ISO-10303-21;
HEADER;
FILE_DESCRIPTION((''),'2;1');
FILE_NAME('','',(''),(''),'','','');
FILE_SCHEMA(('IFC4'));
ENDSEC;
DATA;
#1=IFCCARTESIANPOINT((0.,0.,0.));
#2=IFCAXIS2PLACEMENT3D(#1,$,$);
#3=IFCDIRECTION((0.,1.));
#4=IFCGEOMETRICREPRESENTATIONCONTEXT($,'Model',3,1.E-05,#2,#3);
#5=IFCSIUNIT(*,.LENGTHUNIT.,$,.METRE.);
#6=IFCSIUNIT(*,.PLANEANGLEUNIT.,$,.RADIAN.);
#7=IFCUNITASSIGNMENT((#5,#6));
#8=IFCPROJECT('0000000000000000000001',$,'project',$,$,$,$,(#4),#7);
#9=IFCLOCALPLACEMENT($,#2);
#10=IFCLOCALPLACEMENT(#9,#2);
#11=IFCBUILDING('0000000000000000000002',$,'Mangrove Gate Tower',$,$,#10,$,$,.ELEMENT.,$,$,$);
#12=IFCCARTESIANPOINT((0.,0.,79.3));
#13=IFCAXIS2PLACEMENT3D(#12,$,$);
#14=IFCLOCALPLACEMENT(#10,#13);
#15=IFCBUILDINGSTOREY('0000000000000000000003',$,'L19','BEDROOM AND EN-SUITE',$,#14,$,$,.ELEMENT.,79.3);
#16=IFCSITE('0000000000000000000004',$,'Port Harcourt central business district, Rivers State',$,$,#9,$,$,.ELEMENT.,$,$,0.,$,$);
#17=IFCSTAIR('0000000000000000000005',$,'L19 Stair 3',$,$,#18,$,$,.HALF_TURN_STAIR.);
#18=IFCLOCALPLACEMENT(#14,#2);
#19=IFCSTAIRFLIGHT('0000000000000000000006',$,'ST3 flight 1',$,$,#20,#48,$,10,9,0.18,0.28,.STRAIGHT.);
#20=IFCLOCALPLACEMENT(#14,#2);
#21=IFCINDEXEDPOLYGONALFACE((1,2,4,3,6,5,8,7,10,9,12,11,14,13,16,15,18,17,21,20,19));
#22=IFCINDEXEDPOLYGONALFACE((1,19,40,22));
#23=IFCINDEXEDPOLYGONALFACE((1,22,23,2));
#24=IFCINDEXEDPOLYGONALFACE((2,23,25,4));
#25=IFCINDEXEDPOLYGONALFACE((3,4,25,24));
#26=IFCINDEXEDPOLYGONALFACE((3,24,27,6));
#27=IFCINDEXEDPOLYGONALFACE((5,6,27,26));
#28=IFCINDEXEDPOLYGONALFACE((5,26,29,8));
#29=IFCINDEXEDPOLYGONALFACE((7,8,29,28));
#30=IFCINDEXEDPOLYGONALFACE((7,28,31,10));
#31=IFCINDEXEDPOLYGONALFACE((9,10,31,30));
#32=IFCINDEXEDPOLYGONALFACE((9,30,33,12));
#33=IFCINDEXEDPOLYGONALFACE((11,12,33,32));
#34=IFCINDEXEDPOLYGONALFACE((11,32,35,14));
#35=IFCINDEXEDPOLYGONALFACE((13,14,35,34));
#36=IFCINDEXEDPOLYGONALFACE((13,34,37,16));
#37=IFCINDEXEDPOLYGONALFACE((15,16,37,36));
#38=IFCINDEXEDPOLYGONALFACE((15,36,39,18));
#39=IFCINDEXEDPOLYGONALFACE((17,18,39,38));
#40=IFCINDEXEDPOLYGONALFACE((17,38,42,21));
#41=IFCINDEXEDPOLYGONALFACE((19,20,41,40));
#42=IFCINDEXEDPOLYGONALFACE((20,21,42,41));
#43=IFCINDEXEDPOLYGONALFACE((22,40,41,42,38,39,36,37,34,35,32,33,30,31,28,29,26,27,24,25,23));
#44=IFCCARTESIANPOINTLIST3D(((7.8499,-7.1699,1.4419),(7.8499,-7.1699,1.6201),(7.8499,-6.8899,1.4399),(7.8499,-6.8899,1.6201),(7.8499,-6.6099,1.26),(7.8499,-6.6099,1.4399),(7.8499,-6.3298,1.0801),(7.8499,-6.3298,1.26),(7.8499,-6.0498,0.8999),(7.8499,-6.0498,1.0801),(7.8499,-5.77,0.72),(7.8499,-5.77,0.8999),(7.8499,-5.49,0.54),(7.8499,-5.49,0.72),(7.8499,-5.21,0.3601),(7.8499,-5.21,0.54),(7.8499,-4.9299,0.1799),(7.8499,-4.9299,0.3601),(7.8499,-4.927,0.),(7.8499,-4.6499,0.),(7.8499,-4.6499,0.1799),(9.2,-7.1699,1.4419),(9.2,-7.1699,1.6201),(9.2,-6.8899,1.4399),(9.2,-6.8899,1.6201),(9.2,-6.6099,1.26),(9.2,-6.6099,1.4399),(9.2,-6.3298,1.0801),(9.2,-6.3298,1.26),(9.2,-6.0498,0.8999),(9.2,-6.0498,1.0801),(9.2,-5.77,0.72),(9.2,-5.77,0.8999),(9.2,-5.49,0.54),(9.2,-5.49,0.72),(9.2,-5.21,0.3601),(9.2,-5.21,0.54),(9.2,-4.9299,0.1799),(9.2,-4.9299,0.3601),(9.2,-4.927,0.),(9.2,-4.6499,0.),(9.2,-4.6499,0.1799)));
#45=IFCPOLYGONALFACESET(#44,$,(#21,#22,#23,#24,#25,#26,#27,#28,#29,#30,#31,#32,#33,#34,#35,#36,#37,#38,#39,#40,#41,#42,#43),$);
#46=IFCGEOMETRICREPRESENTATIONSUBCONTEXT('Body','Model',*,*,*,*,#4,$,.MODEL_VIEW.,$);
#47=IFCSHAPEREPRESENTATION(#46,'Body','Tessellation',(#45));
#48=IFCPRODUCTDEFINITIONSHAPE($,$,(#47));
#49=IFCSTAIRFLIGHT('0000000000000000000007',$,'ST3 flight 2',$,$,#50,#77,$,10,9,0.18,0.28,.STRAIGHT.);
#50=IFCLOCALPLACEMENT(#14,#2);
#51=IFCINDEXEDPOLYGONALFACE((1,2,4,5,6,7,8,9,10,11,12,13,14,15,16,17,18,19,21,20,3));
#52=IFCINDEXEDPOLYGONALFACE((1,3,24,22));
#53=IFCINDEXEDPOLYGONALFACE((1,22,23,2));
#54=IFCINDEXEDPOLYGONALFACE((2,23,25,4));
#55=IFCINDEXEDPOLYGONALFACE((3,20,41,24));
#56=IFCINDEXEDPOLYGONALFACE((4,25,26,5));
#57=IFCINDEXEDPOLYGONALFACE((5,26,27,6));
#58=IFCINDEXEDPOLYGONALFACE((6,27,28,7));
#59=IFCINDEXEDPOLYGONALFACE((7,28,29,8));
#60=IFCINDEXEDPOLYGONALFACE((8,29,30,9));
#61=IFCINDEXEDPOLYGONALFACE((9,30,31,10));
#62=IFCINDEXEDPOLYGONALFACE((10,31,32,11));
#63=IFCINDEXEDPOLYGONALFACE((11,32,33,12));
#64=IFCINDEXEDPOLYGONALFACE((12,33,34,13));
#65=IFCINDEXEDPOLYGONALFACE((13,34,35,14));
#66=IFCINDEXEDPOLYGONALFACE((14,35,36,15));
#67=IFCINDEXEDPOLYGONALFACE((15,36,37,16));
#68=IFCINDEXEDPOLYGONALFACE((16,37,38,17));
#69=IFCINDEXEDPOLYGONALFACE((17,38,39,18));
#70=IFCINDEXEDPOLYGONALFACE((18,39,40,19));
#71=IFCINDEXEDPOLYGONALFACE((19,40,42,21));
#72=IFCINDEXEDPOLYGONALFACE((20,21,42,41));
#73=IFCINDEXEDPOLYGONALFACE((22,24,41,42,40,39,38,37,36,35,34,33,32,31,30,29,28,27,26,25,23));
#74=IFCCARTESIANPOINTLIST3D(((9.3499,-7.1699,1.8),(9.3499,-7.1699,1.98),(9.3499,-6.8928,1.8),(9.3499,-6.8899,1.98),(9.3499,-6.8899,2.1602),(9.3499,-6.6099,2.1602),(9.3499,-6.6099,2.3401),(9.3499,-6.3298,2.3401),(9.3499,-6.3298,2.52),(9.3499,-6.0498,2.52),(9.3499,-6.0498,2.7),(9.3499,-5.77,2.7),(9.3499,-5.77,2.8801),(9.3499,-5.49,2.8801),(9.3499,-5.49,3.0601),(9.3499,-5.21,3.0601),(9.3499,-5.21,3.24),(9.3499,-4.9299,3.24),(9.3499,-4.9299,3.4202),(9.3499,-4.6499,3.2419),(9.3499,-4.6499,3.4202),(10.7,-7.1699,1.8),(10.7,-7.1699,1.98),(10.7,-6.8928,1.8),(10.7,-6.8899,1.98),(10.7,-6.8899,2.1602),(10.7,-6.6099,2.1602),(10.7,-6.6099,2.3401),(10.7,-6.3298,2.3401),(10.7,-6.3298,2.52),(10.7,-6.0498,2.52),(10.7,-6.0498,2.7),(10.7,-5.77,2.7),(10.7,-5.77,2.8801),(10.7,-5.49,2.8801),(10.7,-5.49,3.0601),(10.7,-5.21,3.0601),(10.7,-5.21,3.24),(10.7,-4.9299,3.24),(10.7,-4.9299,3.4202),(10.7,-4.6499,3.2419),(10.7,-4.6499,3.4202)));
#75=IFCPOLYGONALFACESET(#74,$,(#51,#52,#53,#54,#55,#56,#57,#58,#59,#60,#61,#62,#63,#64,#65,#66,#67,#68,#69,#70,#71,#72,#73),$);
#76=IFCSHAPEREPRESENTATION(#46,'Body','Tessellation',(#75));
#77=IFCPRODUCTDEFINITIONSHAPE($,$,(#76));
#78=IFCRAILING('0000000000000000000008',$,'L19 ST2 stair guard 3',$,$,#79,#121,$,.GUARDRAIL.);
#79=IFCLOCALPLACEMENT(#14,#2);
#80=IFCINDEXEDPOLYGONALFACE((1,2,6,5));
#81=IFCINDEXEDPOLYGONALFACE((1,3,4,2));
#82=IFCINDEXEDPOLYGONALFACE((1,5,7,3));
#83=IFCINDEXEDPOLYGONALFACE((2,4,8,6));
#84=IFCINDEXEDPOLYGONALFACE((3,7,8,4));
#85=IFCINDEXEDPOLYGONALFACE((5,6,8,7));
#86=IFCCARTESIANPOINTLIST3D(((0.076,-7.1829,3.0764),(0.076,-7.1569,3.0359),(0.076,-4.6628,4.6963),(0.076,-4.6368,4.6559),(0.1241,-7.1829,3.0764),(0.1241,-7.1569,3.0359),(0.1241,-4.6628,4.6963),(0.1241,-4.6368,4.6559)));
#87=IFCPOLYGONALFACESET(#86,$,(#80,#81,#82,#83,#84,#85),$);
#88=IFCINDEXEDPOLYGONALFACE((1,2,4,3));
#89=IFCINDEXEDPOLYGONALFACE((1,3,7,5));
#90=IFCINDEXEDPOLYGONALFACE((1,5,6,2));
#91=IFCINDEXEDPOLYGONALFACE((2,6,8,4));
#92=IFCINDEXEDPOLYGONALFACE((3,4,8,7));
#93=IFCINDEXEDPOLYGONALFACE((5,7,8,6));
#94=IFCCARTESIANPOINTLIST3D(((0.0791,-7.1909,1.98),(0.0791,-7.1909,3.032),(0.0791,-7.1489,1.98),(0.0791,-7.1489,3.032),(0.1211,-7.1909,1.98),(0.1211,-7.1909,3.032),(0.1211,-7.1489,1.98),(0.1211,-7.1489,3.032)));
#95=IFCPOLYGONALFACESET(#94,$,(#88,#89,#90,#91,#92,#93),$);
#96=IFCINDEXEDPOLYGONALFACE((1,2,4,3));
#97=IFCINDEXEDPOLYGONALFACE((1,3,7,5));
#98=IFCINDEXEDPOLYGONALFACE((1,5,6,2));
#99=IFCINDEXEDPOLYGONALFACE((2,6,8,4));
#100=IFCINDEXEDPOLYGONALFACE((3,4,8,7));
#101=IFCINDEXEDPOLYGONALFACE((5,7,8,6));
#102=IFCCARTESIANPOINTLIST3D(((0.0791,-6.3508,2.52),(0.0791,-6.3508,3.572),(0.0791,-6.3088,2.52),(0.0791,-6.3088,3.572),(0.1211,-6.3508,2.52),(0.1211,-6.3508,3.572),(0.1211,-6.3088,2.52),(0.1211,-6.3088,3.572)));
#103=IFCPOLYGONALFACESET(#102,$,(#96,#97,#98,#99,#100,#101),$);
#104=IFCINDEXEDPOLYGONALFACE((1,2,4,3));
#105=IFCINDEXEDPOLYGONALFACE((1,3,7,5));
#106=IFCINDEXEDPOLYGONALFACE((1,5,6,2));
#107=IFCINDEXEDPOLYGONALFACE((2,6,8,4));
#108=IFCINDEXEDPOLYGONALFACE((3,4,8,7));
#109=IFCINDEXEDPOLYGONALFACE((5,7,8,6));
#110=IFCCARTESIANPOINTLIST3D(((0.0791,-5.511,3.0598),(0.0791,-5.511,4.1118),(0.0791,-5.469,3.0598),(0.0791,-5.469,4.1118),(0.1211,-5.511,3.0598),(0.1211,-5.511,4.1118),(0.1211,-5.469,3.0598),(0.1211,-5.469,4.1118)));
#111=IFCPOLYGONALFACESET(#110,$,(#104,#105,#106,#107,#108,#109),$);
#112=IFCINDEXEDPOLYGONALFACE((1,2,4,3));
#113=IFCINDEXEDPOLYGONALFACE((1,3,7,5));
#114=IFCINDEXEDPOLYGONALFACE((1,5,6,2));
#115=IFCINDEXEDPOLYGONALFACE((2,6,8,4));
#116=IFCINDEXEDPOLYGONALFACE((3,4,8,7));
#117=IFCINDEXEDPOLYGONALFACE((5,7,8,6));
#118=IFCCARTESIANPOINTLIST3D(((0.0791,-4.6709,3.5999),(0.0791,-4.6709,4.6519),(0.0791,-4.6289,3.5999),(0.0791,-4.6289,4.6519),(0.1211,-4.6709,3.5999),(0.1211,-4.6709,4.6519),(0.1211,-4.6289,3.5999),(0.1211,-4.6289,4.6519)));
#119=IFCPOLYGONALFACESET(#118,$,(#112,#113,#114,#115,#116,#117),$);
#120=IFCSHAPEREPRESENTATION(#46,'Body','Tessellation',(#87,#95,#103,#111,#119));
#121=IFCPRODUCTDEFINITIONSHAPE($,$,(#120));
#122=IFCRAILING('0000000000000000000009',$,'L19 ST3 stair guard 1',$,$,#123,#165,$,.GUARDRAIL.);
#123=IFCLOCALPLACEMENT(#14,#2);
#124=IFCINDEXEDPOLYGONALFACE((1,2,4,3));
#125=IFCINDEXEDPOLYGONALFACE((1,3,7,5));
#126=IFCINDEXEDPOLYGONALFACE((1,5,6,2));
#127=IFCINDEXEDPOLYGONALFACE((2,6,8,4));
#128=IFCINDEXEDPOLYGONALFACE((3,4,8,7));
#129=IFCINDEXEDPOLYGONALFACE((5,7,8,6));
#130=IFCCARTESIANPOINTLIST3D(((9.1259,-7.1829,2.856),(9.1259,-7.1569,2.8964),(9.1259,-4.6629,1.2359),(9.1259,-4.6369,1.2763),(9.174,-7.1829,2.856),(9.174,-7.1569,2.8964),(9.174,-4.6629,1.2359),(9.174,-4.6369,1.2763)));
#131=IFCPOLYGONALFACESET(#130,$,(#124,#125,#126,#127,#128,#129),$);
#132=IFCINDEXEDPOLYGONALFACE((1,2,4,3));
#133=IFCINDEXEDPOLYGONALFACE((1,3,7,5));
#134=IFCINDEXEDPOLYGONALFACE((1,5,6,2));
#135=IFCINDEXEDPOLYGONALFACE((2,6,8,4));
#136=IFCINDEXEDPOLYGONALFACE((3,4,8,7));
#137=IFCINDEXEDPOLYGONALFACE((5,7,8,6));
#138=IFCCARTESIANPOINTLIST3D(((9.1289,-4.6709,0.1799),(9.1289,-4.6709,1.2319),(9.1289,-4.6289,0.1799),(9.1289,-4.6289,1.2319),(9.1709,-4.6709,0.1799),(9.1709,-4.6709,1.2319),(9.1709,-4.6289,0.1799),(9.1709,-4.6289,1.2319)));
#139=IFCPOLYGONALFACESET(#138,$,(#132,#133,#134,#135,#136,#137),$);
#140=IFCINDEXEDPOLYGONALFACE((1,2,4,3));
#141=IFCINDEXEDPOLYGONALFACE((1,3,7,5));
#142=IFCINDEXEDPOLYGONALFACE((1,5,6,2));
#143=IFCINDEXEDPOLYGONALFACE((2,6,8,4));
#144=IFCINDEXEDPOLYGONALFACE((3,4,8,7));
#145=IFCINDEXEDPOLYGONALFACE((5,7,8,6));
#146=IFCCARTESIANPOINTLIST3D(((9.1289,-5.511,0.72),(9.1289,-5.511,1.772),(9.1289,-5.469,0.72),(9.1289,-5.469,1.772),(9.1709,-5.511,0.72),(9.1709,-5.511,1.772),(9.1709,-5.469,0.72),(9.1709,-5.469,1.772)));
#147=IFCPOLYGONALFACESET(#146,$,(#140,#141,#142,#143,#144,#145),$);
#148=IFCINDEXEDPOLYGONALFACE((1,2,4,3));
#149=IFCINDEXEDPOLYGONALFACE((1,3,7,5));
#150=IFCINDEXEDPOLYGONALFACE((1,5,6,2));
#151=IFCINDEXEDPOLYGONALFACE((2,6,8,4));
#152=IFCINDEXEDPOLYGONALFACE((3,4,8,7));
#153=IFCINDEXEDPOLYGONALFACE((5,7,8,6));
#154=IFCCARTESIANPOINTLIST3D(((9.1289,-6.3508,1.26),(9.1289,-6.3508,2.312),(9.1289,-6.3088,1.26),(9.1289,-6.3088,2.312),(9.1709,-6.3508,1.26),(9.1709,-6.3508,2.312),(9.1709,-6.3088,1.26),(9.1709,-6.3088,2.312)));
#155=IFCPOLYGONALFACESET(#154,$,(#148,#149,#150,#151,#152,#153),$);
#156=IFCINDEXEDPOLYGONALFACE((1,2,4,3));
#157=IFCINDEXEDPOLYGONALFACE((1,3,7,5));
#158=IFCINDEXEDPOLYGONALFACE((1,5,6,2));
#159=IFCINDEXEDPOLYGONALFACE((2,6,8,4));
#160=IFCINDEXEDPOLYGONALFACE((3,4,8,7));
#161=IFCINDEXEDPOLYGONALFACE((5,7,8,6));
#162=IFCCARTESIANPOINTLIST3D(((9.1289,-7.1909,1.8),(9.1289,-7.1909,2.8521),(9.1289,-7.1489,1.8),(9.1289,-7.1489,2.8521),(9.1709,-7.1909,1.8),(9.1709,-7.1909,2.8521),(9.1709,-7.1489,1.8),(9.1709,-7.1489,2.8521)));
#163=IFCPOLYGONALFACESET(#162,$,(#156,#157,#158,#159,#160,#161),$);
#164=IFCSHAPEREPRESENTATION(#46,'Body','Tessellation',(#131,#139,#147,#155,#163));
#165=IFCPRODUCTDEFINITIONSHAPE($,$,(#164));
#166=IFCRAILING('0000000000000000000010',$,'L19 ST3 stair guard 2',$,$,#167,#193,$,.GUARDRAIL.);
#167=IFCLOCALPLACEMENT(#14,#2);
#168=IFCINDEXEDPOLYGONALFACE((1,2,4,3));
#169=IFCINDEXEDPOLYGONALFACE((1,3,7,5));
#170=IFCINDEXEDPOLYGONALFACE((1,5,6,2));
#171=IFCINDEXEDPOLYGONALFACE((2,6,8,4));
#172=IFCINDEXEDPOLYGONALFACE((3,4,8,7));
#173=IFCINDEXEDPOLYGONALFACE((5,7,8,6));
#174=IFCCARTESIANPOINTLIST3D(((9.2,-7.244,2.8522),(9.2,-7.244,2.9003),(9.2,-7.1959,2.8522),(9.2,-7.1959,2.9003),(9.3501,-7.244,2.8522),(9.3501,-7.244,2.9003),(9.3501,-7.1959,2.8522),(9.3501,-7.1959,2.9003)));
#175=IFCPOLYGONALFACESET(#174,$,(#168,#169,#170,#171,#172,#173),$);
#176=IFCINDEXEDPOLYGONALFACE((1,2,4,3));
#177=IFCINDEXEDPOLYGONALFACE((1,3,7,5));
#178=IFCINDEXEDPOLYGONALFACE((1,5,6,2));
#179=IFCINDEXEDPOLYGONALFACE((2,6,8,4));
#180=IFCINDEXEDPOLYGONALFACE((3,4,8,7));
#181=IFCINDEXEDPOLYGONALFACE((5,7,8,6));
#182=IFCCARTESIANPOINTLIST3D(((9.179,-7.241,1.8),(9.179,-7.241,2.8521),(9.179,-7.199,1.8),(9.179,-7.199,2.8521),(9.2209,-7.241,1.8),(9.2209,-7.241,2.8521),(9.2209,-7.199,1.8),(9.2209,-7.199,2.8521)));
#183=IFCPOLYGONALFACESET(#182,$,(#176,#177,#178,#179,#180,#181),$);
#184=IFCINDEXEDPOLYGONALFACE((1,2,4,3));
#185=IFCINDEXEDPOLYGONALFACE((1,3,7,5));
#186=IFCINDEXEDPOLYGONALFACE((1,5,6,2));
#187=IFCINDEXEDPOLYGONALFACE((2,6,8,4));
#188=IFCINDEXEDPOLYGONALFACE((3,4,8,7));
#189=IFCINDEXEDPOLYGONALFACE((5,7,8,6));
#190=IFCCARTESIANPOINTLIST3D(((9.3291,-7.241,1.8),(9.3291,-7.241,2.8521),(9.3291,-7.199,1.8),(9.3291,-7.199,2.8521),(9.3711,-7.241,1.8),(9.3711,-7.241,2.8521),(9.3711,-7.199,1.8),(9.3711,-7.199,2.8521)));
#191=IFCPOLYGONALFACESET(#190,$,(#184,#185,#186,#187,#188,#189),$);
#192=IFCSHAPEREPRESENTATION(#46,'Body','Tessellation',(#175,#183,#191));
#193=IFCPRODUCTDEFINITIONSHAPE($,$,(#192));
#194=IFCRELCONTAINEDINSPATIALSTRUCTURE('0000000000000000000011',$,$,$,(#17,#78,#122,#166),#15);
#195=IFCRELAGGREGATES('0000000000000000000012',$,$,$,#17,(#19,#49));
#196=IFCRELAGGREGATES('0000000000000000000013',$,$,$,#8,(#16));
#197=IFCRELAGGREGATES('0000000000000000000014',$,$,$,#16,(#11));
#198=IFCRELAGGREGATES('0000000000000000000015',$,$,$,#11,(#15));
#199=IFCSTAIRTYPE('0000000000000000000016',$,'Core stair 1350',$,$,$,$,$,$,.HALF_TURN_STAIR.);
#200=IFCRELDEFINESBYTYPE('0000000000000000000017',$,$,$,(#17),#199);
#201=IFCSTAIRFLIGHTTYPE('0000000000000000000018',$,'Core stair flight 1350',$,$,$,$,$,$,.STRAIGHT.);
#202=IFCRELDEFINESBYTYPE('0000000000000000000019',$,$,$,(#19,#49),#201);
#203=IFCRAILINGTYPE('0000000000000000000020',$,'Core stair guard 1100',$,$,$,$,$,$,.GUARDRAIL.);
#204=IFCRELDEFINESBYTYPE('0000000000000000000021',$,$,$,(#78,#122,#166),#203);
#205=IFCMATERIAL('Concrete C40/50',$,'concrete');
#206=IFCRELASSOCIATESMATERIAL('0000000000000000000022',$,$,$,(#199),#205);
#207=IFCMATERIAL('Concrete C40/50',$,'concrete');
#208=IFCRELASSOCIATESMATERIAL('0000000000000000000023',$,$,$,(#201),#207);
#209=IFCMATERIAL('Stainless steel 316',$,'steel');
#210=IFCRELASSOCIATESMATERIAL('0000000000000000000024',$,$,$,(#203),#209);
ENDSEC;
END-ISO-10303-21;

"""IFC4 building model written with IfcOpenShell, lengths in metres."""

from ifc_helpers import new_model, si_unit, direction, frame, origin, origin_2d, place, context, subcontext, project, spatial, polyline, rectangle, outline, extrude, material, type_object, element, aggregate, save


model = new_model("IFC4")

# Units and contexts
model_context = context("Model", 3, precision=1e-05, world=origin(), true_north=direction((0.0, 1.0)))
body_context = subcontext(model_context, "Body", "Model", "MODEL_VIEW")
ifc_project = project(units=[si_unit("LENGTHUNIT", "METRE"), si_unit("PLANEANGLEUNIT", "RADIAN")], contexts=[model_context])

# Site, building, storey
site_placement = place(None, origin())
site = spatial("IfcSite", under=ifc_project, at=site_placement, Name="Port Harcourt central business district, Rivers State", CompositionType="ELEMENT", RefElevation=0.0)
building_placement = place(site_placement, origin())
building = spatial("IfcBuilding", under=site, at=building_placement, Name="Mangrove Gate Tower", CompositionType="ELEMENT")
storey_placement = place(building_placement, frame((0.0, 0.0, 79.3)))
storey = spatial("IfcBuildingStorey", under=building, at=storey_placement, Name="L19", Description="BEDROOM AND EN-SUITE", CompositionType="ELEMENT", Elevation=79.3)

# Shared definitions
ifc_material_1 = material(Name="Concrete C40/50", Category="concrete")
stair_type = type_object("IfcStairType", Name="Core stair 1350", PredefinedType="HALF_TURN_STAIR", material=ifc_material_1)
ifc_material_2 = material(Name="Concrete C40/50", Category="concrete")
stair_flight_type = type_object("IfcStairFlightType", Name="Core stair flight 1350", PredefinedType="STRAIGHT", material=ifc_material_2)

# Stair, stair flights
stair_1_placement = place(storey_placement, origin())
stair_1 = element("IfcStair", 1, at=stair_1_placement, inside=storey, type_object=stair_type, Name="L19 Stair 3", PredefinedType="HALF_TURN_STAIR")
stair_flight_1_placement = place(storey_placement, frame((8.5249, -4.6499, 0.0), z_axis=(0.0, 0.0, 1.0), x_axis=(0.0, -1.0, 0.0)))
stair_flight_1 = element("IfcStairFlight", 2, at=stair_flight_1_placement, type_object=stair_flight_type, Name="ST3 flight 1", NumberOfRisers=10, NumberOfTreads=9, PredefinedType="STRAIGHT", RiserHeight=0.18, TreadLength=0.28, context=body_context, shape_type="SweptSolid", body=[
    extrude(outline(polyline([(0.0, 0.0), (0.0, 0.1799), (0.28, 0.1799), (0.28, 0.3601), (0.5601, 0.3601), (0.5601, 0.54), (0.8401, 0.54), (0.8401, 0.72), (1.1201, 0.72), (1.1201, 0.8999), (1.3999, 0.8999), (1.3999, 1.0801), (1.6799, 1.0801), (1.6799, 1.26), (1.96, 1.26), (1.96, 1.4399), (2.24, 1.4399), (2.24, 1.6201), (2.52, 1.6201), (2.52, 1.8), (2.52, 1.4419), (0.2771, 0.0), (0.0, 0.0)])), frame((0.0, 0.675, 0.0), z_axis=(0.0, -1.0, 0.0), x_axis=(1.0, 0.0, 0.0)), (0.0, 0.0, 1.0), 1.3501),
])
stair_flight_2_placement = place(storey_placement, frame((10.0249, -7.1699, 1.8), z_axis=(0.0, 0.0, 1.0), x_axis=(0.0, 1.0, 0.0)))
stair_flight_2 = element("IfcStairFlight", 3, at=stair_flight_2_placement, type_object=stair_flight_type, Name="ST3 flight 2", NumberOfRisers=10, NumberOfTreads=9, PredefinedType="STRAIGHT", RiserHeight=0.18, TreadLength=0.28, context=body_context, shape_type="SweptSolid", body=[
    extrude(outline(polyline([(0.0, 0.0), (0.0, 0.1799), (0.28, 0.1799), (0.28, 0.3601), (0.5601, 0.3601), (0.5601, 0.54), (0.8401, 0.54), (0.8401, 0.72), (1.1201, 0.72), (1.1201, 0.8999), (1.3999, 0.8999), (1.3999, 1.0801), (1.6799, 1.0801), (1.6799, 1.26), (1.96, 1.26), (1.96, 1.4399), (2.24, 1.4399), (2.24, 1.6201), (2.52, 1.6201), (2.52, 1.8), (2.52, 1.4419), (0.2771, 0.0), (0.0, 0.0)])), frame((0.0, 0.675, 0.0), z_axis=(0.0, -1.0, 0.0), x_axis=(1.0, 0.0, 0.0)), (0.0, 0.0, 1.0), 1.3501),
])
aggregate(stair_1, [stair_flight_1, stair_flight_2])

# Railings
ifc_material_3 = material(Name="Stainless steel 316", Category="steel")
railing_type_1 = type_object("IfcRailingType", Name="Core stair guard 1100", PredefinedType="GUARDRAIL", material=ifc_material_3)
railing_1_placement = place(storey_placement, frame((0.1001, -7.1699, 1.98)))
element("IfcRailing", 4, at=railing_1_placement, inside=storey, type_object=railing_type_1, Name="L19 ST2 stair guard 3", PredefinedType="GUARDRAIL", context=body_context, shape_type="SweptSolid", body=[
    extrude(rectangle(XDim=0.0481, YDim=0.0481, at=origin_2d()), frame((0.0, 0.0, 1.0762), z_axis=(0.0, 0.8412, 0.540725), x_axis=(-1.0, 0.0, 0.0)), (0.0, 0.0, 1.0), 2.9958),
    extrude(rectangle(XDim=0.042, YDim=0.042, at=origin_2d()), origin(), (0.0, 0.0, 1.0), 1.052),
    extrude(rectangle(XDim=0.042, YDim=0.042, at=origin_2d()), frame((0.0, 0.8401, 0.54)), (0.0, 0.0, 1.0), 1.052),
    extrude(rectangle(XDim=0.042, YDim=0.042, at=origin_2d()), frame((0.0, 1.6799, 1.0798)), (0.0, 0.0, 1.0), 1.052),
    extrude(rectangle(XDim=0.042, YDim=0.042, at=origin_2d()), frame((0.0, 2.52, 1.6199)), (0.0, 0.0, 1.0), 1.052),
])
railing_2_placement = place(storey_placement, frame((9.1499, -4.6499, 0.1799)))
element("IfcRailing", 5, at=railing_2_placement, inside=storey, type_object=railing_type_1, Name="L19 ST3 stair guard 1", PredefinedType="GUARDRAIL", context=body_context, shape_type="SweptSolid", body=[
    extrude(rectangle(XDim=0.0481, YDim=0.0481, at=origin_2d()), frame((0.0, 0.0, 1.0762), z_axis=(0.0, -0.841163, 0.540782), x_axis=(1.0, 0.0, 0.0)), (0.0, 0.0, 1.0), 2.9958),
    extrude(rectangle(XDim=0.042, YDim=0.042, at=origin_2d()), origin(), (0.0, 0.0, 1.0), 1.052),
    extrude(rectangle(XDim=0.042, YDim=0.042, at=origin_2d()), frame((0.0, -0.8401, 0.54)), (0.0, 0.0, 1.0), 1.052),
    extrude(rectangle(XDim=0.042, YDim=0.042, at=origin_2d()), frame((0.0, -1.6799, 1.0801)), (0.0, 0.0, 1.0), 1.052),
    extrude(rectangle(XDim=0.042, YDim=0.042, at=origin_2d()), frame((0.0, -2.52, 1.6201)), (0.0, 0.0, 1.0), 1.052),
])
railing_3_placement = place(storey_placement, frame((9.2, -7.22, 1.8)))
element("IfcRailing", 6, at=railing_3_placement, inside=storey, type_object=railing_type_1, Name="L19 ST3 stair guard 2", PredefinedType="GUARDRAIL", context=body_context, shape_type="SweptSolid", body=[
    extrude(rectangle(XDim=0.0481, YDim=0.0481, at=origin_2d()), frame((0.0, 0.0, 1.0762), z_axis=(1.0, 0.0, 0.0), x_axis=(0.0, 1.0, 0.0)), (0.0, 0.0, 1.0), 0.1501),
    extrude(rectangle(XDim=0.042, YDim=0.042, at=origin_2d()), origin(), (0.0, 0.0, 1.0), 1.052),
    extrude(rectangle(XDim=0.042, YDim=0.042, at=origin_2d()), frame((0.1501, 0.0, 0.0)), (0.0, 0.0, 1.0), 1.052),
])

save(model, "model.ifc")
